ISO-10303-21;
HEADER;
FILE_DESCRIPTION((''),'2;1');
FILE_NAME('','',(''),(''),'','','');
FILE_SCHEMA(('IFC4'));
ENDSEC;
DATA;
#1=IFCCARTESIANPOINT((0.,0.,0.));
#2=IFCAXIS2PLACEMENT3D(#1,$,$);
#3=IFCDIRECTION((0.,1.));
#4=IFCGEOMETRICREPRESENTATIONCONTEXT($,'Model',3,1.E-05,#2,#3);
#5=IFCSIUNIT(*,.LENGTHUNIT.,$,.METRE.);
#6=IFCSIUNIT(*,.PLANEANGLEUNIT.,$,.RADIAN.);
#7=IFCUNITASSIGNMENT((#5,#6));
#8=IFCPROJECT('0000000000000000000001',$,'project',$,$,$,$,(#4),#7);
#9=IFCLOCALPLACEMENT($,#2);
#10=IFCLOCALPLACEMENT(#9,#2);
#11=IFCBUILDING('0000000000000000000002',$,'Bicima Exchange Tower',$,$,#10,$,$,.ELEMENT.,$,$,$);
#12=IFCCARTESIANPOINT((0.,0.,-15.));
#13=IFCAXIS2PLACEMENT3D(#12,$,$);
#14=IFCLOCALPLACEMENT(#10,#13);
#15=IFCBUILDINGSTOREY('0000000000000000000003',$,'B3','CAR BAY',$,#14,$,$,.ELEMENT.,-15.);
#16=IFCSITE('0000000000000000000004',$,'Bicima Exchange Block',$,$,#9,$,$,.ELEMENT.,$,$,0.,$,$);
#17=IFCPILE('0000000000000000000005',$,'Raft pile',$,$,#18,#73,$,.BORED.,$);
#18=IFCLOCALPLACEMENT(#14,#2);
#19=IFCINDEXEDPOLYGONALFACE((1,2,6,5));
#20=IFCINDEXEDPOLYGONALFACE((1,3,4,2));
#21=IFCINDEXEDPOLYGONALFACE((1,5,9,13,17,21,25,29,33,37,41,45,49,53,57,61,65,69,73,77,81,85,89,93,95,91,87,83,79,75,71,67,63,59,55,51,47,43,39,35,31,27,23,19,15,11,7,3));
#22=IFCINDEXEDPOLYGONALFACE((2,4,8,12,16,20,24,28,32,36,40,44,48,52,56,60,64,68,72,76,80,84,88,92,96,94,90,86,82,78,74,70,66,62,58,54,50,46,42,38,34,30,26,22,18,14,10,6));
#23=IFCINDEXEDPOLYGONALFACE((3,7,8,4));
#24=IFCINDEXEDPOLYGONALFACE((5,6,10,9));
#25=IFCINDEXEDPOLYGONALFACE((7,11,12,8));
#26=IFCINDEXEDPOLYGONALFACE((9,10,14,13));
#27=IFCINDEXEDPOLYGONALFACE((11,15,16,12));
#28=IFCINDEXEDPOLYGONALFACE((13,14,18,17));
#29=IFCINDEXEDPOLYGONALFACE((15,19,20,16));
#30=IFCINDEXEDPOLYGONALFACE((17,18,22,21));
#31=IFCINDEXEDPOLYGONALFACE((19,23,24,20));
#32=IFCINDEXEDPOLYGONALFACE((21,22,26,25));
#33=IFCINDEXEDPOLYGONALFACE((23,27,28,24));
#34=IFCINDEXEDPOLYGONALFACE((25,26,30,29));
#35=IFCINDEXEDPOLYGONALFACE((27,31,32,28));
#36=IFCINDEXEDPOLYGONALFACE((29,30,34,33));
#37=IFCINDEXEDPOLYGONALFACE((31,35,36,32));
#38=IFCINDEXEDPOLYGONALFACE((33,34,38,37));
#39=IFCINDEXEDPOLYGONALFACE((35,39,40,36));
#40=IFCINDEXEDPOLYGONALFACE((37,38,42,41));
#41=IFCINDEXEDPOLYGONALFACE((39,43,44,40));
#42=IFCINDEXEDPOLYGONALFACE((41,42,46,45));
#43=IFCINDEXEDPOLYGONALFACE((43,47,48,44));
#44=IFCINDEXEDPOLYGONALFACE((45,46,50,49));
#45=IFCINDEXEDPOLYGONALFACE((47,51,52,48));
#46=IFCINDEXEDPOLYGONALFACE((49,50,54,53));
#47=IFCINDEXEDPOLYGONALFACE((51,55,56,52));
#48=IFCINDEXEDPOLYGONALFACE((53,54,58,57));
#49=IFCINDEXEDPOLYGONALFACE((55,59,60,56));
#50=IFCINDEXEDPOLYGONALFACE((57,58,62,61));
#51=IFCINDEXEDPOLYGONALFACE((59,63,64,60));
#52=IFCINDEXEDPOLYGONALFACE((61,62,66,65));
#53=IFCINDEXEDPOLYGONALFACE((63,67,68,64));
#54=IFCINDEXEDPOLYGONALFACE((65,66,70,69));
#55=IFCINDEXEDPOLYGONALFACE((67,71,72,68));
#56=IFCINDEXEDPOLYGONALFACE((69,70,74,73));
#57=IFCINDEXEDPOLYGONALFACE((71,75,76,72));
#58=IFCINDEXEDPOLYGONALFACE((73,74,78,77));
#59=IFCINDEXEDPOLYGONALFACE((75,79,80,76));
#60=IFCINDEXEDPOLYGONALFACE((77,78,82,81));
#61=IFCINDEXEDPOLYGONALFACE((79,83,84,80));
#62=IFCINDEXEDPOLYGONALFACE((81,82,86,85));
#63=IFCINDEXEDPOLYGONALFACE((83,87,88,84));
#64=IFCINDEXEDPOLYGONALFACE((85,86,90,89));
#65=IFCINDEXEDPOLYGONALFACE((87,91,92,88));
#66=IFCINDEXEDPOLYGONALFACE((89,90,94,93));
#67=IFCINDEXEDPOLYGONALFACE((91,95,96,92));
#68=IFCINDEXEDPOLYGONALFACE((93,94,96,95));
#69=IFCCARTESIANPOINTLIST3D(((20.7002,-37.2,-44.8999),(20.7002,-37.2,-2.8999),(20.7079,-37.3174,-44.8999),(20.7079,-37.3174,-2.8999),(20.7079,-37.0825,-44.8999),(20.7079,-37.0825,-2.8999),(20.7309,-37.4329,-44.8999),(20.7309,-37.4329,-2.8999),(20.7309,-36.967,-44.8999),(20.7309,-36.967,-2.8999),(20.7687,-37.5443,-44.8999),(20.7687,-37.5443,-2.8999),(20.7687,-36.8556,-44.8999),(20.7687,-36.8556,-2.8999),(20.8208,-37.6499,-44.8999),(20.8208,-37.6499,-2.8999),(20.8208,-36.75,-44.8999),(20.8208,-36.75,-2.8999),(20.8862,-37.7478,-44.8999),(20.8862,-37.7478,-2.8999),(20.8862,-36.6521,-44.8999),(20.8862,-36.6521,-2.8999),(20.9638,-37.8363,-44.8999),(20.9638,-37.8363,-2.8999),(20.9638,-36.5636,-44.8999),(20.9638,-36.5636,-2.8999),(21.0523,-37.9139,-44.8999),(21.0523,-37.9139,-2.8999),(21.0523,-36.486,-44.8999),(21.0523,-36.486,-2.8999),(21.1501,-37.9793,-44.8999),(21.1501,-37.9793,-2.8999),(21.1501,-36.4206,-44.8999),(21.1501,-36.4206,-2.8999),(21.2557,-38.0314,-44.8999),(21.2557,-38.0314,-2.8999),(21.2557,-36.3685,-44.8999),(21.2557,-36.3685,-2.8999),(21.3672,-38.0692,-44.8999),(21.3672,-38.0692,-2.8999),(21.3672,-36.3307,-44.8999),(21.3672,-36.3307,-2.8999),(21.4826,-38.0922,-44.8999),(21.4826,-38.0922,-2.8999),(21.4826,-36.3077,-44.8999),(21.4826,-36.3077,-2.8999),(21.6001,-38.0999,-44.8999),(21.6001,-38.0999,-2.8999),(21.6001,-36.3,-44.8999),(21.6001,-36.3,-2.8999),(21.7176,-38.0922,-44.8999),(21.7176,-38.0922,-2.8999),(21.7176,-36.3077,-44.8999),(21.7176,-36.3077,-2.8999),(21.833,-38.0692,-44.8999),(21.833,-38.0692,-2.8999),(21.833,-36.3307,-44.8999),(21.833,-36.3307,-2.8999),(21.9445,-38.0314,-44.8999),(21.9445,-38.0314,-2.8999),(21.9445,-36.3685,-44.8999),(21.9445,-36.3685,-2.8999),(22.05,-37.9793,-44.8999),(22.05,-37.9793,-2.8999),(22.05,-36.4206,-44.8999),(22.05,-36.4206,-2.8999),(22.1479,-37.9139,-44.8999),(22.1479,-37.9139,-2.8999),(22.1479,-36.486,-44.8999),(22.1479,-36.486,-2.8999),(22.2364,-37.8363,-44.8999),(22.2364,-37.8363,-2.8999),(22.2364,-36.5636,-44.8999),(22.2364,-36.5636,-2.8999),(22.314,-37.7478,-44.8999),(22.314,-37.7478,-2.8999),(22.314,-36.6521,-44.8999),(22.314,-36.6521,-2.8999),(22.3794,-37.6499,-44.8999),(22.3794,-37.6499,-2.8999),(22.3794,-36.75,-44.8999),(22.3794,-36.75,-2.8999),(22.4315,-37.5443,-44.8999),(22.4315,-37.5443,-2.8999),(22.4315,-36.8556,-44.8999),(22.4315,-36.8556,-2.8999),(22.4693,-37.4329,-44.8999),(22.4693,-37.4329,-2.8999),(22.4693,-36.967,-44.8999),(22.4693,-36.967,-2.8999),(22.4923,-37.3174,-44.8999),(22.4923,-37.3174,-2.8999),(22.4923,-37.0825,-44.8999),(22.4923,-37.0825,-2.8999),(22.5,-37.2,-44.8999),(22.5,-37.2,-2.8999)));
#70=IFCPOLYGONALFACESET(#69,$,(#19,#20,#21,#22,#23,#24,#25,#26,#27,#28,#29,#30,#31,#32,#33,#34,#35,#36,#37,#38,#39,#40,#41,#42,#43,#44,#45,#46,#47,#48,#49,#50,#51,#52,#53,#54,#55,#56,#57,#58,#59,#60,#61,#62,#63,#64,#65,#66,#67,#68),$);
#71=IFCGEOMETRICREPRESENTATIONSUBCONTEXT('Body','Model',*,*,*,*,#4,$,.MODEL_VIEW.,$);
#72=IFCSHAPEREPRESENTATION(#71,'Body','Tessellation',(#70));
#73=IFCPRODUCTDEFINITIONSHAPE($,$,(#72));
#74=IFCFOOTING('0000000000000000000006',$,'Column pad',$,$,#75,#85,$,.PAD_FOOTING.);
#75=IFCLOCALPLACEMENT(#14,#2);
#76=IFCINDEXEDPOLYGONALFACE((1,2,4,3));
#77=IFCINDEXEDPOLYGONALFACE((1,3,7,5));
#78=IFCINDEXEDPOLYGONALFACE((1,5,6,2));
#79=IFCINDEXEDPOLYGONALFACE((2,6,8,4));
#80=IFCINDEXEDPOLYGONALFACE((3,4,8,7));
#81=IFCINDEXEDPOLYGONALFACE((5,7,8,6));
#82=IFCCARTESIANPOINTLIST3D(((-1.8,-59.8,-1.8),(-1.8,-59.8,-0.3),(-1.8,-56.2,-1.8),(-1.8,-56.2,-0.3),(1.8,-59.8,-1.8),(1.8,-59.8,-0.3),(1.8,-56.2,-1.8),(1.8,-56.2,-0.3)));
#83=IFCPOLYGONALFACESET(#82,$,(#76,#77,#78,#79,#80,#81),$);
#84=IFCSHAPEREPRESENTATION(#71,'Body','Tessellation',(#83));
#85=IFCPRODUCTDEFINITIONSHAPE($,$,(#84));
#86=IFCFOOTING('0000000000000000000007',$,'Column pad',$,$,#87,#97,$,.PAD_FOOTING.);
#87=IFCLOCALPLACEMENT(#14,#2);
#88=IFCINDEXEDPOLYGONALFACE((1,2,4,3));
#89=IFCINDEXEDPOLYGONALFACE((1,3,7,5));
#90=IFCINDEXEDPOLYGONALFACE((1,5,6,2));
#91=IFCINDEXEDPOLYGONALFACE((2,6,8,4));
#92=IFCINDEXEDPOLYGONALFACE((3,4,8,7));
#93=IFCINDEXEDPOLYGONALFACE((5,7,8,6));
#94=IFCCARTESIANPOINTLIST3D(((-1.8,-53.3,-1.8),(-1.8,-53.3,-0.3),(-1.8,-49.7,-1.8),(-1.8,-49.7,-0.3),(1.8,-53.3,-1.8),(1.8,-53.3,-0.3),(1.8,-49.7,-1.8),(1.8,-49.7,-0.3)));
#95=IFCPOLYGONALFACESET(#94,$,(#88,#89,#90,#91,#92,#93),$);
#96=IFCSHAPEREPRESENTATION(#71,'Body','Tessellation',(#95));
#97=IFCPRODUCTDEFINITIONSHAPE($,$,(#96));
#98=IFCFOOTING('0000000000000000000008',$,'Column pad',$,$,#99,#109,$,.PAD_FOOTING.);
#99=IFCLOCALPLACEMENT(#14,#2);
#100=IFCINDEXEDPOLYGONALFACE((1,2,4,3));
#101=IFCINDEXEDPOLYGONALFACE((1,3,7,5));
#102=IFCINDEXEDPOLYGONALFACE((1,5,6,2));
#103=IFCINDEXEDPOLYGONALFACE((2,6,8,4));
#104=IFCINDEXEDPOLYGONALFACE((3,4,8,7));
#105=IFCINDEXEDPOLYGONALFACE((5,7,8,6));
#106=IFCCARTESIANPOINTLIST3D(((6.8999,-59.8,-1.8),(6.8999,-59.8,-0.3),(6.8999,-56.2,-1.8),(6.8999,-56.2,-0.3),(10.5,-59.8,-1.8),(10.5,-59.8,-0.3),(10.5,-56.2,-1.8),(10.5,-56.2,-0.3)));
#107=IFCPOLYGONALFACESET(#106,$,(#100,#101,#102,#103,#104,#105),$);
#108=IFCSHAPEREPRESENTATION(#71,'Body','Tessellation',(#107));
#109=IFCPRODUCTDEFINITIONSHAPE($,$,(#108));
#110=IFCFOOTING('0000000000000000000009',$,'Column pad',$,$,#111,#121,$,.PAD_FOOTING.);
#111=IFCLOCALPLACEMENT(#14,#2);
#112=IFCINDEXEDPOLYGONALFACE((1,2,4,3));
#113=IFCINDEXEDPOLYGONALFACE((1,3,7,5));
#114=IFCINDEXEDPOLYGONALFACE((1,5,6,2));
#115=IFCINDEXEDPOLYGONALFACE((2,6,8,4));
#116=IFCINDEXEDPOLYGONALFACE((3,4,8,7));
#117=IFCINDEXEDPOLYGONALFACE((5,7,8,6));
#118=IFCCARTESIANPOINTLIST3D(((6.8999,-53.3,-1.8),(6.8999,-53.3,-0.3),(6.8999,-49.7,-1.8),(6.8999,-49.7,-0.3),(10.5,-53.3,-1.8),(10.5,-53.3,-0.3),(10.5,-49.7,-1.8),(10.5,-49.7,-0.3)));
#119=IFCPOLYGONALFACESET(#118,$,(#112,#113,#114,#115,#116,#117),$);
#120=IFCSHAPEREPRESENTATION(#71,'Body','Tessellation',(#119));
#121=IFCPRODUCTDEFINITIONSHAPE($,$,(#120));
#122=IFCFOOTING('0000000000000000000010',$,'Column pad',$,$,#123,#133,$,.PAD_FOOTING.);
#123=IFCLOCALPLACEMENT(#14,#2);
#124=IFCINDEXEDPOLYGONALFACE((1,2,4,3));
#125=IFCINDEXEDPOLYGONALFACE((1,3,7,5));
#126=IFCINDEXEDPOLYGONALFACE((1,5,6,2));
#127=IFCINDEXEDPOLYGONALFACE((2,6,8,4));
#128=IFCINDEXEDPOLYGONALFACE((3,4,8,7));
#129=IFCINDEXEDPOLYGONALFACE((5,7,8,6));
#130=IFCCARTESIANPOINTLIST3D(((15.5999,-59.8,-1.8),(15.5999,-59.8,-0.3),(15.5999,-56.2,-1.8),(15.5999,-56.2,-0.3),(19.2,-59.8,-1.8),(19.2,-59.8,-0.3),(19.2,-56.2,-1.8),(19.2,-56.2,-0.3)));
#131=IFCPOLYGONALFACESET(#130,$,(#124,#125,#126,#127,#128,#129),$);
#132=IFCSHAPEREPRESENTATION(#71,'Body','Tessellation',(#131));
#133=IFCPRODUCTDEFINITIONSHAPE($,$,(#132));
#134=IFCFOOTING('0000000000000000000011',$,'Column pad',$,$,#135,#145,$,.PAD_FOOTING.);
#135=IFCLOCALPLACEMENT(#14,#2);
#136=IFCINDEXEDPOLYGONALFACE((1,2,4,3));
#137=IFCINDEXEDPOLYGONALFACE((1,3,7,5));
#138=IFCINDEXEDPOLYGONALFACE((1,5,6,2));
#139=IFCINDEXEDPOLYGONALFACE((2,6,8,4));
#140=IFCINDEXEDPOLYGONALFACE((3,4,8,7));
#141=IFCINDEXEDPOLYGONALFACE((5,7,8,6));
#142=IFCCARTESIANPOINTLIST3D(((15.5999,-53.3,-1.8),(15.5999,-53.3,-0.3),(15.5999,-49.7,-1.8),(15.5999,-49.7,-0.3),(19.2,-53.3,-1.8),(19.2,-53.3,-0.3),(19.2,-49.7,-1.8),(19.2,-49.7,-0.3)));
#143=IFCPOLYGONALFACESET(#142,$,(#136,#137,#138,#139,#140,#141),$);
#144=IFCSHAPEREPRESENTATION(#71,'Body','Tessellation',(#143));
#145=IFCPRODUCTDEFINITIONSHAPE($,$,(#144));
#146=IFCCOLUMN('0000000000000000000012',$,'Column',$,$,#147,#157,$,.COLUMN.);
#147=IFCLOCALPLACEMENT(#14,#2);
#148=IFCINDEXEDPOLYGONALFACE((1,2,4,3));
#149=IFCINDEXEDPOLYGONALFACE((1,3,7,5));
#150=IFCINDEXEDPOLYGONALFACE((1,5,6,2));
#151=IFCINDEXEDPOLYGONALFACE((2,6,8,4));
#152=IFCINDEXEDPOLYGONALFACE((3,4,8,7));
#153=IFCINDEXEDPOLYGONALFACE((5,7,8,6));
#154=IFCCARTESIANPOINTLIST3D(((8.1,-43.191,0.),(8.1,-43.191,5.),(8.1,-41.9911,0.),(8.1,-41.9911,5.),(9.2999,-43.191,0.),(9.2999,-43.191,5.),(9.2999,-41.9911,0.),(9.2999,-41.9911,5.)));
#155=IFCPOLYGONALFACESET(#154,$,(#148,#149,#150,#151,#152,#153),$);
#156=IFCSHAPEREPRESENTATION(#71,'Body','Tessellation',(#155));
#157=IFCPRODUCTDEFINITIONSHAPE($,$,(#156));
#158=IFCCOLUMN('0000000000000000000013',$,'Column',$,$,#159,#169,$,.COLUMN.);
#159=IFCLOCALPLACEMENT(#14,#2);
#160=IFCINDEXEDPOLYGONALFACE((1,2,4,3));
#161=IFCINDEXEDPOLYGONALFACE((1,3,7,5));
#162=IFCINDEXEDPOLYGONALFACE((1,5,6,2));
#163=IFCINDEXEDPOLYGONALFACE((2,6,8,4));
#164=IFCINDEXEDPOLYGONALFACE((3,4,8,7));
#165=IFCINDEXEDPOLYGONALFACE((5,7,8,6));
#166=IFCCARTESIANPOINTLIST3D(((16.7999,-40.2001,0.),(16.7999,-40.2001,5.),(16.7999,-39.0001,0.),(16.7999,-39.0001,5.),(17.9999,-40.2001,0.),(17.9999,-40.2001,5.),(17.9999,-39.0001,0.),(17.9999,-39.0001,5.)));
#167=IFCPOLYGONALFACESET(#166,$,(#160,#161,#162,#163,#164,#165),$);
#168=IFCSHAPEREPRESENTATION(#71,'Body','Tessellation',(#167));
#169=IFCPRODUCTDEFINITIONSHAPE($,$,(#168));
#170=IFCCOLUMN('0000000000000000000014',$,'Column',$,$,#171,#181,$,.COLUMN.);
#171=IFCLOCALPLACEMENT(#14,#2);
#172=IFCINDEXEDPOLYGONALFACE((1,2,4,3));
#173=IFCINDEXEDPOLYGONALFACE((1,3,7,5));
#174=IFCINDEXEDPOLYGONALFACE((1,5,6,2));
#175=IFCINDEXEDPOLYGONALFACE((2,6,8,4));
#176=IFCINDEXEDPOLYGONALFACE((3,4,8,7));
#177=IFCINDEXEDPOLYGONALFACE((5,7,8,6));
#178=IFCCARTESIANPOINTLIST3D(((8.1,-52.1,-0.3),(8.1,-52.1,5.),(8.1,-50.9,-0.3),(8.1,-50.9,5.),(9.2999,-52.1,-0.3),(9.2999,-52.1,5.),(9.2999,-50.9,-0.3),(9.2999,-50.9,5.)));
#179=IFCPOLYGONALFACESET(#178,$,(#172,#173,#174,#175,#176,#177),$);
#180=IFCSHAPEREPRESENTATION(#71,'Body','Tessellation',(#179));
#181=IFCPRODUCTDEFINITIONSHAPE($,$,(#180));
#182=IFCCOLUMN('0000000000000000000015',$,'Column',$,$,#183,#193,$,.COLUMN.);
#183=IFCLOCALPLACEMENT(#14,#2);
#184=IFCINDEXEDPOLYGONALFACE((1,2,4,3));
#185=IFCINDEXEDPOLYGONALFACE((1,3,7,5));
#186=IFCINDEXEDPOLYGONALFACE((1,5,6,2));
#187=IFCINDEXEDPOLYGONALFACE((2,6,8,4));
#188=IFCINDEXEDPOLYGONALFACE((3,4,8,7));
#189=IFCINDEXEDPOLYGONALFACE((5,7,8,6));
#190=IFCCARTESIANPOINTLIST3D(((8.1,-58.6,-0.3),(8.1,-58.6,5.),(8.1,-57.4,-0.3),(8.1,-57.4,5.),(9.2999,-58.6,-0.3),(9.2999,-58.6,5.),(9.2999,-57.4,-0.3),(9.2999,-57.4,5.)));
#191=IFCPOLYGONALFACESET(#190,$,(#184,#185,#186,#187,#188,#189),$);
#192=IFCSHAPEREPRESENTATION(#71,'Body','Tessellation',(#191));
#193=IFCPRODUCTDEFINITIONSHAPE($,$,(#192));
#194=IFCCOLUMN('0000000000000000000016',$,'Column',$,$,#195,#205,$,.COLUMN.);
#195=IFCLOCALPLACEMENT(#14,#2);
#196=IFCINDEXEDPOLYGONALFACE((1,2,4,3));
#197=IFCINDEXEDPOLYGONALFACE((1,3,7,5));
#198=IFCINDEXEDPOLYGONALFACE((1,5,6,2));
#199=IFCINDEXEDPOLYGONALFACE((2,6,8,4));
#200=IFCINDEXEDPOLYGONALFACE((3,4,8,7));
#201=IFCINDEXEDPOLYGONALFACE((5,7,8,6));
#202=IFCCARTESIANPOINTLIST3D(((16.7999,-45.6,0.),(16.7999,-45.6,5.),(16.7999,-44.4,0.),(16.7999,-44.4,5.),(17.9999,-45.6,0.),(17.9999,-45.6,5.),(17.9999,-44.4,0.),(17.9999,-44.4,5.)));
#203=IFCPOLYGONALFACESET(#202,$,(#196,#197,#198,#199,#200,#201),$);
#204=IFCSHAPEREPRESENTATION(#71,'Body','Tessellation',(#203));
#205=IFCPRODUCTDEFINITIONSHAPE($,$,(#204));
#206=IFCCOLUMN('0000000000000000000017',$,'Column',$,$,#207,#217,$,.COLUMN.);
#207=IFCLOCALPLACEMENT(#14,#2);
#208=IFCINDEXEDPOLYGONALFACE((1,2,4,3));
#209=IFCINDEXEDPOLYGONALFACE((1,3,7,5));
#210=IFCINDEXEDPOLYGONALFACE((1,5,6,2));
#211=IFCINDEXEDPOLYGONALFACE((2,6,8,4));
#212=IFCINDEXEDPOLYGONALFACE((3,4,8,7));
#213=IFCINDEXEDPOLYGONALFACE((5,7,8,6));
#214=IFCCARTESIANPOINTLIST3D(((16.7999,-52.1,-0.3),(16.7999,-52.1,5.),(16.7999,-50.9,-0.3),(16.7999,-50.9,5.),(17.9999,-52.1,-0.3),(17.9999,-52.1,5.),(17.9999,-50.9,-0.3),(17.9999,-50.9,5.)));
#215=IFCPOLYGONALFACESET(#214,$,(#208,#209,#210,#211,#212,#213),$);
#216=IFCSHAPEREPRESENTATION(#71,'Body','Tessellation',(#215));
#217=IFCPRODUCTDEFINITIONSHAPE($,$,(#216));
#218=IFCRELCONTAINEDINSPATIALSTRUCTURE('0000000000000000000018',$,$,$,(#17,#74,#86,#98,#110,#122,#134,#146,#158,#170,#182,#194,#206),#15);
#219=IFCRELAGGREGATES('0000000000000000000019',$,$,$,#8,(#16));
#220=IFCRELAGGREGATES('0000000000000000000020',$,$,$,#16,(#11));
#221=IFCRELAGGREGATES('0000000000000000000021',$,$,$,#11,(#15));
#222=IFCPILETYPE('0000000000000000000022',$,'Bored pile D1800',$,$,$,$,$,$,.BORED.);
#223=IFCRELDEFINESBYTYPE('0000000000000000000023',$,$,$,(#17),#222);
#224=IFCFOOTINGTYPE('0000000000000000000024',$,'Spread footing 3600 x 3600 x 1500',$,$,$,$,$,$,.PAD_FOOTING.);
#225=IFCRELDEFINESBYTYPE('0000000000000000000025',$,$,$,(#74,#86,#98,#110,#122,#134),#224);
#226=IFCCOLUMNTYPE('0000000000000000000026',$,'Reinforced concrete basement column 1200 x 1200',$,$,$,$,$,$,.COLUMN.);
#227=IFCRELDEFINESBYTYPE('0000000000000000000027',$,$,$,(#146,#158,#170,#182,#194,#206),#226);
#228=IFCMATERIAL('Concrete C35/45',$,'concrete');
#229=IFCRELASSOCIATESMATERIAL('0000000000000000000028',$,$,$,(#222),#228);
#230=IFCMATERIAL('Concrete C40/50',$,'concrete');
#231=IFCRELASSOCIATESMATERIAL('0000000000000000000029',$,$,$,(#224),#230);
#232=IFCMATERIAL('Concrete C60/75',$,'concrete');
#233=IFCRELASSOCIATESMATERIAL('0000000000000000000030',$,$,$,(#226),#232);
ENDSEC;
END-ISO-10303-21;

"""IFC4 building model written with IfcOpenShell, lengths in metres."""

from ifc_helpers import new_model, si_unit, direction, frame, origin, origin_2d, place, context, subcontext, project, spatial, rectangle, circle, extrude, material, material_profile, profile_set, type_object, element, save


model = new_model("IFC4")

# Units and contexts
model_context = context("Model", 3, precision=1e-05, world=origin(), true_north=direction((0.0, 1.0)))
body_context = subcontext(model_context, "Body", "Model", "MODEL_VIEW")
ifc_project = project(units=[si_unit("LENGTHUNIT", "METRE"), si_unit("PLANEANGLEUNIT", "RADIAN")], contexts=[model_context])

# Site, building, storey
site_placement = place(None, origin())
site = spatial("IfcSite", under=ifc_project, at=site_placement, Name="Bicima Exchange Block", CompositionType="ELEMENT", RefElevation=0.0)
building_placement = place(site_placement, origin())
building = spatial("IfcBuilding", under=site, at=building_placement, Name="Bicima Exchange Tower", CompositionType="ELEMENT")
storey_placement = place(building_placement, frame((0.0, 0.0, -15.0)))
storey = spatial("IfcBuildingStorey", under=building, at=storey_placement, Name="B3", Description="CAR BAY", CompositionType="ELEMENT", Elevation=-15.0)

# Pile
ifc_material_1 = material(Name="Concrete C35/45", Category="concrete")
ifc_material_profile_1 = material_profile(ifc_material_1, circle(Radius=0.8999, at=origin_2d()))
ifc_profile_set_1 = profile_set([ifc_material_profile_1], Name="Concrete C35/45")
pile_type = type_object("IfcPileType", Name="Bored pile D1800", PredefinedType="BORED", material=ifc_profile_set_1)
for number, where, z_axis, x_axis, name in (
    (1, (21.6001, -37.2, -2.8999), (0.0, 0.0, -1.0), (1.0, 0.0, 0.0), "Raft pile"),
):
    element("IfcPile", number, at=place(storey_placement, frame(where, z_axis=z_axis, x_axis=x_axis)), inside=storey, type_object=pile_type, Name=name, PredefinedType="BORED", context=body_context, shape_type="SweptSolid", body=[
        extrude(circle(Radius=0.8999, at=origin_2d()), origin(), (0.0, 0.0, 1.0), 42.0),
    ])

# Footings
ifc_material_2 = material(Name="Concrete C40/50", Category="concrete")
footing_type = type_object("IfcFootingType", Name="Spread footing 3600 x 3600 x 1500", PredefinedType="PAD_FOOTING", material=ifc_material_2)
for number, where, z_axis, x_axis, name in (
    (2, (0.0, -58.0, -1.8), (0.0, 0.0, 1.0), (1.0, 0.0, 0.0), "Column pad"),
    (3, (0.0, -51.5, -1.8), (0.0, 0.0, 1.0), (1.0, 0.0, 0.0), "Column pad"),
    (4, (8.7, -58.0, -1.8), (0.0, 0.0, 1.0), (1.0, 0.0, 0.0), "Column pad"),
    (5, (8.7, -51.5, -1.8), (0.0, 0.0, 1.0), (1.0, 0.0, 0.0), "Column pad"),
    (6, (17.3999, -58.0, -1.8), (0.0, 0.0, 1.0), (1.0, 0.0, 0.0), "Column pad"),
    (7, (17.3999, -51.5, -1.8), (0.0, 0.0, 1.0), (1.0, 0.0, 0.0), "Column pad"),
):
    element("IfcFooting", number, at=place(storey_placement, frame(where, z_axis=z_axis, x_axis=x_axis)), inside=storey, type_object=footing_type, Name=name, PredefinedType="PAD_FOOTING", context=body_context, shape_type="SweptSolid", body=[
        extrude(rectangle(XDim=3.6001, YDim=3.6001, at=origin_2d()), origin(), (0.0, 0.0, 1.0), 1.5),
    ])

# Columns
ifc_material_3 = material(Name="Concrete C60/75", Category="concrete")
ifc_material_profile_2 = material_profile(ifc_material_3, rectangle(XDim=1.2, YDim=1.2, at=origin_2d()))
ifc_profile_set_2 = profile_set([ifc_material_profile_2], Name="Concrete C60/75")
column_type = type_object("IfcColumnType", Name="Reinforced concrete basement column 1200 x 1200", PredefinedType="COLUMN", material=ifc_profile_set_2)
for number, where, z_axis, x_axis, name in (
    (8, (8.7, -42.5911, 0.0), (0.0, 0.0, 1.0), (1.0, 0.0, 0.0), "Column"),
    (9, (17.3999, -39.6001, 0.0), (0.0, 0.0, 1.0), (1.0, 0.0, 0.0), "Column"),
):
    element("IfcColumn", number, at=place(storey_placement, frame(where, z_axis=z_axis, x_axis=x_axis)), inside=storey, type_object=column_type, Name=name, PredefinedType="COLUMN", context=body_context, shape_type="SweptSolid", body=[
        extrude(rectangle(XDim=1.2, YDim=1.2, at=origin_2d()), origin(), (0.0, 0.0, 1.0), 5.0),
    ])
for number, where, z_axis, x_axis, name in (
    (10, (8.7, -51.5, -0.3), (0.0, 0.0, 1.0), (1.0, 0.0, 0.0), "Column"),
    (11, (8.7, -58.0, -0.3), (0.0, 0.0, 1.0), (1.0, 0.0, 0.0), "Column"),
):
    element("IfcColumn", number, at=place(storey_placement, frame(where, z_axis=z_axis, x_axis=x_axis)), inside=storey, type_object=column_type, Name=name, PredefinedType="COLUMN", context=body_context, shape_type="SweptSolid", body=[
        extrude(rectangle(XDim=1.2, YDim=1.2, at=origin_2d()), origin(), (0.0, 0.0, 1.0), 5.3),
    ])
column_placement = place(storey_placement, frame((17.3999, -45.0, 0.0), z_axis=(0.0, 0.0, 1.0), x_axis=(1.0, 0.0, 0.0)))
element("IfcColumn", 12, at=column_placement, inside=storey, type_object=column_type, Name="Column", PredefinedType="COLUMN", context=body_context, shape_type="SweptSolid", body=[
    extrude(rectangle(XDim=1.2, YDim=1.2, at=origin_2d()), origin(), (0.0, 0.0, 1.0), 5.0),
])
for number, where, z_axis, x_axis, name in (
    (13, (17.3999, -51.5, -0.3), (0.0, 0.0, 1.0), (1.0, 0.0, 0.0), "Column"),
):
    element("IfcColumn", number, at=place(storey_placement, frame(where, z_axis=z_axis, x_axis=x_axis)), inside=storey, type_object=column_type, Name=name, PredefinedType="COLUMN", context=body_context, shape_type="SweptSolid", body=[
        extrude(rectangle(XDim=1.2, YDim=1.2, at=origin_2d()), origin(), (0.0, 0.0, 1.0), 5.3),
    ])

save(model, "model.ifc")
